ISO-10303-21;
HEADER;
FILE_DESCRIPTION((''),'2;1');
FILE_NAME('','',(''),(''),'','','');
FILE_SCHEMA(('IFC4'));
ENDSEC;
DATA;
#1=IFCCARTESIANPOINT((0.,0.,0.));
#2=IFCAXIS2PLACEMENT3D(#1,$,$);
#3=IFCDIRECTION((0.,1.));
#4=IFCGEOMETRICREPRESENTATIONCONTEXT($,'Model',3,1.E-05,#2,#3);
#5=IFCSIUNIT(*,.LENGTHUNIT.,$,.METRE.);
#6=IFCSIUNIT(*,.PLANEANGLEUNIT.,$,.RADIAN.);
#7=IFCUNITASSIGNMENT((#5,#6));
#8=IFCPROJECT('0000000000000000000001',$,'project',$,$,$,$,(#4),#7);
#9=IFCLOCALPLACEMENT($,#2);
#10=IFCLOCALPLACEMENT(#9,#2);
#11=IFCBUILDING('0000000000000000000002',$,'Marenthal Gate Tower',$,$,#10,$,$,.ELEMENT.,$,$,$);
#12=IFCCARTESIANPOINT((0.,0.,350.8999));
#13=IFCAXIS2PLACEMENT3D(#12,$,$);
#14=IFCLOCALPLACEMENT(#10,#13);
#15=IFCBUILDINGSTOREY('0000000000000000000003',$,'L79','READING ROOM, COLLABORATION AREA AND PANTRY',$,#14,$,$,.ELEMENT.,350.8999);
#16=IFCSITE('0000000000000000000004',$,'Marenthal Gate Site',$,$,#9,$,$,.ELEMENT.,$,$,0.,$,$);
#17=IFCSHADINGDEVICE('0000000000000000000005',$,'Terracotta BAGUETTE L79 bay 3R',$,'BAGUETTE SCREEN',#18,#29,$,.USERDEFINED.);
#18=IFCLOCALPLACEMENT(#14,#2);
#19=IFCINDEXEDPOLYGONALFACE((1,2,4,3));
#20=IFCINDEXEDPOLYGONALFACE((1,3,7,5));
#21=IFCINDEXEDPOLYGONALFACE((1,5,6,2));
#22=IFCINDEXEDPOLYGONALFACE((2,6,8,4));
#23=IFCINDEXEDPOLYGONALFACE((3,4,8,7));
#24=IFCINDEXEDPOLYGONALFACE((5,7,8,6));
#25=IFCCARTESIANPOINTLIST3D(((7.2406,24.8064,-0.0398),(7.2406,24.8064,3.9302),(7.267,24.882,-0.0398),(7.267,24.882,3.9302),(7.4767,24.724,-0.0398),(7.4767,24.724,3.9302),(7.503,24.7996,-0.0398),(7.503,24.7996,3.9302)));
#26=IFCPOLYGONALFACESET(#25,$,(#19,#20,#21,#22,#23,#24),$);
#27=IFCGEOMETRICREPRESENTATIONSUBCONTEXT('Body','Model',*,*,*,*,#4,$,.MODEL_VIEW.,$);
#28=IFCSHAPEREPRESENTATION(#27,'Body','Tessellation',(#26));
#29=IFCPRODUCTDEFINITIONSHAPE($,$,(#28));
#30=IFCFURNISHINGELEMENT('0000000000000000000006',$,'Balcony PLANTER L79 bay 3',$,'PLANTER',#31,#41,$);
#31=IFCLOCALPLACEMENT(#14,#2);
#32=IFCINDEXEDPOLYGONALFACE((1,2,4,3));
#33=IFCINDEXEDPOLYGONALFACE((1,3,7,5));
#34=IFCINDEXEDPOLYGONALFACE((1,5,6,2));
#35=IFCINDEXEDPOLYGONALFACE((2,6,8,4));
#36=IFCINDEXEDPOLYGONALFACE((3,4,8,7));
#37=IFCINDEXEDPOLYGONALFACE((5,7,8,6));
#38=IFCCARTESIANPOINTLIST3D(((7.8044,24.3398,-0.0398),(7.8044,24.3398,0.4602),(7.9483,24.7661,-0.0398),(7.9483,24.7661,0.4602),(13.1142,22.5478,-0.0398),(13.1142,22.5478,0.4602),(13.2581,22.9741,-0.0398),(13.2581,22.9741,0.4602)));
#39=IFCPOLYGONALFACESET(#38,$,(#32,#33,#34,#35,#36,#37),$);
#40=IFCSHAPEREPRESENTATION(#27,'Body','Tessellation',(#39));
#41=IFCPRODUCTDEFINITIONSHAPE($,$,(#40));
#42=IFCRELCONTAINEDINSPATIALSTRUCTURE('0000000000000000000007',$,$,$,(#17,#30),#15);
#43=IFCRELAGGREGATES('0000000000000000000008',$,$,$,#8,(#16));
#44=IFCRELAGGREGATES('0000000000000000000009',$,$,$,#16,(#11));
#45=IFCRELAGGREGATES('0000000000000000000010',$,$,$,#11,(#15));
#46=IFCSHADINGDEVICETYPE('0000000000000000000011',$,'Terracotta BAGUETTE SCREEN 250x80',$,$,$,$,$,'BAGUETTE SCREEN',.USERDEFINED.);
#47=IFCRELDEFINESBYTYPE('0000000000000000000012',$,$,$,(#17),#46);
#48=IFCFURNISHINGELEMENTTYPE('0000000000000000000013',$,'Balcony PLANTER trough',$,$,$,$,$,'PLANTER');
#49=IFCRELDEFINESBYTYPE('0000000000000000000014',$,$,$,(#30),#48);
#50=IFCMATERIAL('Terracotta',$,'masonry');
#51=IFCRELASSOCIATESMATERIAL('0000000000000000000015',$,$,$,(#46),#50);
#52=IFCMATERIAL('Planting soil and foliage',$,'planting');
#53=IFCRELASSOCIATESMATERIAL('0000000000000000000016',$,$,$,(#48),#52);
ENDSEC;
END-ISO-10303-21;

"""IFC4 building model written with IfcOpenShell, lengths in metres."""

from ifc_helpers import new_model, si_unit, direction, frame, origin, origin_2d, place, context, subcontext, project, spatial, rectangle, extrude, material, material_profile, profile_set, type_object, element, save


model = new_model("IFC4")

# Units and contexts
model_context = context("Model", 3, precision=1e-05, world=origin(), true_north=direction((0.0, 1.0)))
body_context = subcontext(model_context, "Body", "Model", "MODEL_VIEW")
ifc_project = project(units=[si_unit("LENGTHUNIT", "METRE"), si_unit("PLANEANGLEUNIT", "RADIAN")], contexts=[model_context])

# Site, building, storey
site_placement = place(None, origin())
site = spatial("IfcSite", under=ifc_project, at=site_placement, Name="Marenthal Gate Site", CompositionType="ELEMENT", RefElevation=0.0)
building_placement = place(site_placement, origin())
building = spatial("IfcBuilding", under=site, at=building_placement, Name="Marenthal Gate Tower", CompositionType="ELEMENT")
storey_placement = place(building_placement, frame((0.0, 0.0, 350.8999)))
storey = spatial("IfcBuildingStorey", under=building, at=storey_placement, Name="L79", Description="READING ROOM, COLLABORATION AREA AND PANTRY", CompositionType="ELEMENT", Elevation=350.8999)

# Shading device
ifc_material_1 = material(Name="Terracotta", Category="masonry")
ifc_material_profile_1 = material_profile(ifc_material_1, rectangle(XDim=0.25, YDim=0.0801, at=origin_2d()), Name="Terracotta baguette 250x80")
ifc_profile_set_1 = profile_set([ifc_material_profile_1], Name="Terracotta")
shading_device_type = type_object("IfcShadingDeviceType", Name="Terracotta BAGUETTE SCREEN 250x80", ElementType="BAGUETTE SCREEN", PredefinedType="USERDEFINED", material=ifc_profile_set_1)
shading_device_placement = place(storey_placement, frame((7.3718, 24.803, -0.0398), z_axis=(0.0, 0.0, 1.0), x_axis=(-0.944152, 0.32951, 0.0)))
element("IfcShadingDevice", 1, at=shading_device_placement, inside=storey, type_object=shading_device_type, Name="Terracotta BAGUETTE L79 bay 3R", ObjectType="BAGUETTE SCREEN", PredefinedType="USERDEFINED", context=body_context, shape_type="SweptSolid", body=[
    extrude(rectangle(XDim=0.25, YDim=0.0801, at=origin_2d()), origin(), (0.0, 0.0, 1.0), 3.97),
])

# Furnishing element
ifc_material_2 = material(Name="Planting soil and foliage", Category="planting")
furnishing_element_type = type_object("IfcFurnishingElementType", Name="Balcony PLANTER trough", ElementType="PLANTER", material=ifc_material_2)
furnishing_placement = place(storey_placement, frame((10.5312, 23.657, -0.0398), z_axis=(0.0, 0.0, 1.0), x_axis=(-0.947495, 0.31977, 0.0)))
element("IfcFurnishingElement", 2, at=furnishing_placement, inside=storey, type_object=furnishing_element_type, Name="Balcony PLANTER L79 bay 3", ObjectType="PLANTER", context=body_context, shape_type="SweptSolid", body=[
    extrude(rectangle(XDim=5.604, YDim=0.45, at=origin_2d()), origin(), (0.0, 0.0, 1.0), 0.5),
])

save(model, "model.ifc")
